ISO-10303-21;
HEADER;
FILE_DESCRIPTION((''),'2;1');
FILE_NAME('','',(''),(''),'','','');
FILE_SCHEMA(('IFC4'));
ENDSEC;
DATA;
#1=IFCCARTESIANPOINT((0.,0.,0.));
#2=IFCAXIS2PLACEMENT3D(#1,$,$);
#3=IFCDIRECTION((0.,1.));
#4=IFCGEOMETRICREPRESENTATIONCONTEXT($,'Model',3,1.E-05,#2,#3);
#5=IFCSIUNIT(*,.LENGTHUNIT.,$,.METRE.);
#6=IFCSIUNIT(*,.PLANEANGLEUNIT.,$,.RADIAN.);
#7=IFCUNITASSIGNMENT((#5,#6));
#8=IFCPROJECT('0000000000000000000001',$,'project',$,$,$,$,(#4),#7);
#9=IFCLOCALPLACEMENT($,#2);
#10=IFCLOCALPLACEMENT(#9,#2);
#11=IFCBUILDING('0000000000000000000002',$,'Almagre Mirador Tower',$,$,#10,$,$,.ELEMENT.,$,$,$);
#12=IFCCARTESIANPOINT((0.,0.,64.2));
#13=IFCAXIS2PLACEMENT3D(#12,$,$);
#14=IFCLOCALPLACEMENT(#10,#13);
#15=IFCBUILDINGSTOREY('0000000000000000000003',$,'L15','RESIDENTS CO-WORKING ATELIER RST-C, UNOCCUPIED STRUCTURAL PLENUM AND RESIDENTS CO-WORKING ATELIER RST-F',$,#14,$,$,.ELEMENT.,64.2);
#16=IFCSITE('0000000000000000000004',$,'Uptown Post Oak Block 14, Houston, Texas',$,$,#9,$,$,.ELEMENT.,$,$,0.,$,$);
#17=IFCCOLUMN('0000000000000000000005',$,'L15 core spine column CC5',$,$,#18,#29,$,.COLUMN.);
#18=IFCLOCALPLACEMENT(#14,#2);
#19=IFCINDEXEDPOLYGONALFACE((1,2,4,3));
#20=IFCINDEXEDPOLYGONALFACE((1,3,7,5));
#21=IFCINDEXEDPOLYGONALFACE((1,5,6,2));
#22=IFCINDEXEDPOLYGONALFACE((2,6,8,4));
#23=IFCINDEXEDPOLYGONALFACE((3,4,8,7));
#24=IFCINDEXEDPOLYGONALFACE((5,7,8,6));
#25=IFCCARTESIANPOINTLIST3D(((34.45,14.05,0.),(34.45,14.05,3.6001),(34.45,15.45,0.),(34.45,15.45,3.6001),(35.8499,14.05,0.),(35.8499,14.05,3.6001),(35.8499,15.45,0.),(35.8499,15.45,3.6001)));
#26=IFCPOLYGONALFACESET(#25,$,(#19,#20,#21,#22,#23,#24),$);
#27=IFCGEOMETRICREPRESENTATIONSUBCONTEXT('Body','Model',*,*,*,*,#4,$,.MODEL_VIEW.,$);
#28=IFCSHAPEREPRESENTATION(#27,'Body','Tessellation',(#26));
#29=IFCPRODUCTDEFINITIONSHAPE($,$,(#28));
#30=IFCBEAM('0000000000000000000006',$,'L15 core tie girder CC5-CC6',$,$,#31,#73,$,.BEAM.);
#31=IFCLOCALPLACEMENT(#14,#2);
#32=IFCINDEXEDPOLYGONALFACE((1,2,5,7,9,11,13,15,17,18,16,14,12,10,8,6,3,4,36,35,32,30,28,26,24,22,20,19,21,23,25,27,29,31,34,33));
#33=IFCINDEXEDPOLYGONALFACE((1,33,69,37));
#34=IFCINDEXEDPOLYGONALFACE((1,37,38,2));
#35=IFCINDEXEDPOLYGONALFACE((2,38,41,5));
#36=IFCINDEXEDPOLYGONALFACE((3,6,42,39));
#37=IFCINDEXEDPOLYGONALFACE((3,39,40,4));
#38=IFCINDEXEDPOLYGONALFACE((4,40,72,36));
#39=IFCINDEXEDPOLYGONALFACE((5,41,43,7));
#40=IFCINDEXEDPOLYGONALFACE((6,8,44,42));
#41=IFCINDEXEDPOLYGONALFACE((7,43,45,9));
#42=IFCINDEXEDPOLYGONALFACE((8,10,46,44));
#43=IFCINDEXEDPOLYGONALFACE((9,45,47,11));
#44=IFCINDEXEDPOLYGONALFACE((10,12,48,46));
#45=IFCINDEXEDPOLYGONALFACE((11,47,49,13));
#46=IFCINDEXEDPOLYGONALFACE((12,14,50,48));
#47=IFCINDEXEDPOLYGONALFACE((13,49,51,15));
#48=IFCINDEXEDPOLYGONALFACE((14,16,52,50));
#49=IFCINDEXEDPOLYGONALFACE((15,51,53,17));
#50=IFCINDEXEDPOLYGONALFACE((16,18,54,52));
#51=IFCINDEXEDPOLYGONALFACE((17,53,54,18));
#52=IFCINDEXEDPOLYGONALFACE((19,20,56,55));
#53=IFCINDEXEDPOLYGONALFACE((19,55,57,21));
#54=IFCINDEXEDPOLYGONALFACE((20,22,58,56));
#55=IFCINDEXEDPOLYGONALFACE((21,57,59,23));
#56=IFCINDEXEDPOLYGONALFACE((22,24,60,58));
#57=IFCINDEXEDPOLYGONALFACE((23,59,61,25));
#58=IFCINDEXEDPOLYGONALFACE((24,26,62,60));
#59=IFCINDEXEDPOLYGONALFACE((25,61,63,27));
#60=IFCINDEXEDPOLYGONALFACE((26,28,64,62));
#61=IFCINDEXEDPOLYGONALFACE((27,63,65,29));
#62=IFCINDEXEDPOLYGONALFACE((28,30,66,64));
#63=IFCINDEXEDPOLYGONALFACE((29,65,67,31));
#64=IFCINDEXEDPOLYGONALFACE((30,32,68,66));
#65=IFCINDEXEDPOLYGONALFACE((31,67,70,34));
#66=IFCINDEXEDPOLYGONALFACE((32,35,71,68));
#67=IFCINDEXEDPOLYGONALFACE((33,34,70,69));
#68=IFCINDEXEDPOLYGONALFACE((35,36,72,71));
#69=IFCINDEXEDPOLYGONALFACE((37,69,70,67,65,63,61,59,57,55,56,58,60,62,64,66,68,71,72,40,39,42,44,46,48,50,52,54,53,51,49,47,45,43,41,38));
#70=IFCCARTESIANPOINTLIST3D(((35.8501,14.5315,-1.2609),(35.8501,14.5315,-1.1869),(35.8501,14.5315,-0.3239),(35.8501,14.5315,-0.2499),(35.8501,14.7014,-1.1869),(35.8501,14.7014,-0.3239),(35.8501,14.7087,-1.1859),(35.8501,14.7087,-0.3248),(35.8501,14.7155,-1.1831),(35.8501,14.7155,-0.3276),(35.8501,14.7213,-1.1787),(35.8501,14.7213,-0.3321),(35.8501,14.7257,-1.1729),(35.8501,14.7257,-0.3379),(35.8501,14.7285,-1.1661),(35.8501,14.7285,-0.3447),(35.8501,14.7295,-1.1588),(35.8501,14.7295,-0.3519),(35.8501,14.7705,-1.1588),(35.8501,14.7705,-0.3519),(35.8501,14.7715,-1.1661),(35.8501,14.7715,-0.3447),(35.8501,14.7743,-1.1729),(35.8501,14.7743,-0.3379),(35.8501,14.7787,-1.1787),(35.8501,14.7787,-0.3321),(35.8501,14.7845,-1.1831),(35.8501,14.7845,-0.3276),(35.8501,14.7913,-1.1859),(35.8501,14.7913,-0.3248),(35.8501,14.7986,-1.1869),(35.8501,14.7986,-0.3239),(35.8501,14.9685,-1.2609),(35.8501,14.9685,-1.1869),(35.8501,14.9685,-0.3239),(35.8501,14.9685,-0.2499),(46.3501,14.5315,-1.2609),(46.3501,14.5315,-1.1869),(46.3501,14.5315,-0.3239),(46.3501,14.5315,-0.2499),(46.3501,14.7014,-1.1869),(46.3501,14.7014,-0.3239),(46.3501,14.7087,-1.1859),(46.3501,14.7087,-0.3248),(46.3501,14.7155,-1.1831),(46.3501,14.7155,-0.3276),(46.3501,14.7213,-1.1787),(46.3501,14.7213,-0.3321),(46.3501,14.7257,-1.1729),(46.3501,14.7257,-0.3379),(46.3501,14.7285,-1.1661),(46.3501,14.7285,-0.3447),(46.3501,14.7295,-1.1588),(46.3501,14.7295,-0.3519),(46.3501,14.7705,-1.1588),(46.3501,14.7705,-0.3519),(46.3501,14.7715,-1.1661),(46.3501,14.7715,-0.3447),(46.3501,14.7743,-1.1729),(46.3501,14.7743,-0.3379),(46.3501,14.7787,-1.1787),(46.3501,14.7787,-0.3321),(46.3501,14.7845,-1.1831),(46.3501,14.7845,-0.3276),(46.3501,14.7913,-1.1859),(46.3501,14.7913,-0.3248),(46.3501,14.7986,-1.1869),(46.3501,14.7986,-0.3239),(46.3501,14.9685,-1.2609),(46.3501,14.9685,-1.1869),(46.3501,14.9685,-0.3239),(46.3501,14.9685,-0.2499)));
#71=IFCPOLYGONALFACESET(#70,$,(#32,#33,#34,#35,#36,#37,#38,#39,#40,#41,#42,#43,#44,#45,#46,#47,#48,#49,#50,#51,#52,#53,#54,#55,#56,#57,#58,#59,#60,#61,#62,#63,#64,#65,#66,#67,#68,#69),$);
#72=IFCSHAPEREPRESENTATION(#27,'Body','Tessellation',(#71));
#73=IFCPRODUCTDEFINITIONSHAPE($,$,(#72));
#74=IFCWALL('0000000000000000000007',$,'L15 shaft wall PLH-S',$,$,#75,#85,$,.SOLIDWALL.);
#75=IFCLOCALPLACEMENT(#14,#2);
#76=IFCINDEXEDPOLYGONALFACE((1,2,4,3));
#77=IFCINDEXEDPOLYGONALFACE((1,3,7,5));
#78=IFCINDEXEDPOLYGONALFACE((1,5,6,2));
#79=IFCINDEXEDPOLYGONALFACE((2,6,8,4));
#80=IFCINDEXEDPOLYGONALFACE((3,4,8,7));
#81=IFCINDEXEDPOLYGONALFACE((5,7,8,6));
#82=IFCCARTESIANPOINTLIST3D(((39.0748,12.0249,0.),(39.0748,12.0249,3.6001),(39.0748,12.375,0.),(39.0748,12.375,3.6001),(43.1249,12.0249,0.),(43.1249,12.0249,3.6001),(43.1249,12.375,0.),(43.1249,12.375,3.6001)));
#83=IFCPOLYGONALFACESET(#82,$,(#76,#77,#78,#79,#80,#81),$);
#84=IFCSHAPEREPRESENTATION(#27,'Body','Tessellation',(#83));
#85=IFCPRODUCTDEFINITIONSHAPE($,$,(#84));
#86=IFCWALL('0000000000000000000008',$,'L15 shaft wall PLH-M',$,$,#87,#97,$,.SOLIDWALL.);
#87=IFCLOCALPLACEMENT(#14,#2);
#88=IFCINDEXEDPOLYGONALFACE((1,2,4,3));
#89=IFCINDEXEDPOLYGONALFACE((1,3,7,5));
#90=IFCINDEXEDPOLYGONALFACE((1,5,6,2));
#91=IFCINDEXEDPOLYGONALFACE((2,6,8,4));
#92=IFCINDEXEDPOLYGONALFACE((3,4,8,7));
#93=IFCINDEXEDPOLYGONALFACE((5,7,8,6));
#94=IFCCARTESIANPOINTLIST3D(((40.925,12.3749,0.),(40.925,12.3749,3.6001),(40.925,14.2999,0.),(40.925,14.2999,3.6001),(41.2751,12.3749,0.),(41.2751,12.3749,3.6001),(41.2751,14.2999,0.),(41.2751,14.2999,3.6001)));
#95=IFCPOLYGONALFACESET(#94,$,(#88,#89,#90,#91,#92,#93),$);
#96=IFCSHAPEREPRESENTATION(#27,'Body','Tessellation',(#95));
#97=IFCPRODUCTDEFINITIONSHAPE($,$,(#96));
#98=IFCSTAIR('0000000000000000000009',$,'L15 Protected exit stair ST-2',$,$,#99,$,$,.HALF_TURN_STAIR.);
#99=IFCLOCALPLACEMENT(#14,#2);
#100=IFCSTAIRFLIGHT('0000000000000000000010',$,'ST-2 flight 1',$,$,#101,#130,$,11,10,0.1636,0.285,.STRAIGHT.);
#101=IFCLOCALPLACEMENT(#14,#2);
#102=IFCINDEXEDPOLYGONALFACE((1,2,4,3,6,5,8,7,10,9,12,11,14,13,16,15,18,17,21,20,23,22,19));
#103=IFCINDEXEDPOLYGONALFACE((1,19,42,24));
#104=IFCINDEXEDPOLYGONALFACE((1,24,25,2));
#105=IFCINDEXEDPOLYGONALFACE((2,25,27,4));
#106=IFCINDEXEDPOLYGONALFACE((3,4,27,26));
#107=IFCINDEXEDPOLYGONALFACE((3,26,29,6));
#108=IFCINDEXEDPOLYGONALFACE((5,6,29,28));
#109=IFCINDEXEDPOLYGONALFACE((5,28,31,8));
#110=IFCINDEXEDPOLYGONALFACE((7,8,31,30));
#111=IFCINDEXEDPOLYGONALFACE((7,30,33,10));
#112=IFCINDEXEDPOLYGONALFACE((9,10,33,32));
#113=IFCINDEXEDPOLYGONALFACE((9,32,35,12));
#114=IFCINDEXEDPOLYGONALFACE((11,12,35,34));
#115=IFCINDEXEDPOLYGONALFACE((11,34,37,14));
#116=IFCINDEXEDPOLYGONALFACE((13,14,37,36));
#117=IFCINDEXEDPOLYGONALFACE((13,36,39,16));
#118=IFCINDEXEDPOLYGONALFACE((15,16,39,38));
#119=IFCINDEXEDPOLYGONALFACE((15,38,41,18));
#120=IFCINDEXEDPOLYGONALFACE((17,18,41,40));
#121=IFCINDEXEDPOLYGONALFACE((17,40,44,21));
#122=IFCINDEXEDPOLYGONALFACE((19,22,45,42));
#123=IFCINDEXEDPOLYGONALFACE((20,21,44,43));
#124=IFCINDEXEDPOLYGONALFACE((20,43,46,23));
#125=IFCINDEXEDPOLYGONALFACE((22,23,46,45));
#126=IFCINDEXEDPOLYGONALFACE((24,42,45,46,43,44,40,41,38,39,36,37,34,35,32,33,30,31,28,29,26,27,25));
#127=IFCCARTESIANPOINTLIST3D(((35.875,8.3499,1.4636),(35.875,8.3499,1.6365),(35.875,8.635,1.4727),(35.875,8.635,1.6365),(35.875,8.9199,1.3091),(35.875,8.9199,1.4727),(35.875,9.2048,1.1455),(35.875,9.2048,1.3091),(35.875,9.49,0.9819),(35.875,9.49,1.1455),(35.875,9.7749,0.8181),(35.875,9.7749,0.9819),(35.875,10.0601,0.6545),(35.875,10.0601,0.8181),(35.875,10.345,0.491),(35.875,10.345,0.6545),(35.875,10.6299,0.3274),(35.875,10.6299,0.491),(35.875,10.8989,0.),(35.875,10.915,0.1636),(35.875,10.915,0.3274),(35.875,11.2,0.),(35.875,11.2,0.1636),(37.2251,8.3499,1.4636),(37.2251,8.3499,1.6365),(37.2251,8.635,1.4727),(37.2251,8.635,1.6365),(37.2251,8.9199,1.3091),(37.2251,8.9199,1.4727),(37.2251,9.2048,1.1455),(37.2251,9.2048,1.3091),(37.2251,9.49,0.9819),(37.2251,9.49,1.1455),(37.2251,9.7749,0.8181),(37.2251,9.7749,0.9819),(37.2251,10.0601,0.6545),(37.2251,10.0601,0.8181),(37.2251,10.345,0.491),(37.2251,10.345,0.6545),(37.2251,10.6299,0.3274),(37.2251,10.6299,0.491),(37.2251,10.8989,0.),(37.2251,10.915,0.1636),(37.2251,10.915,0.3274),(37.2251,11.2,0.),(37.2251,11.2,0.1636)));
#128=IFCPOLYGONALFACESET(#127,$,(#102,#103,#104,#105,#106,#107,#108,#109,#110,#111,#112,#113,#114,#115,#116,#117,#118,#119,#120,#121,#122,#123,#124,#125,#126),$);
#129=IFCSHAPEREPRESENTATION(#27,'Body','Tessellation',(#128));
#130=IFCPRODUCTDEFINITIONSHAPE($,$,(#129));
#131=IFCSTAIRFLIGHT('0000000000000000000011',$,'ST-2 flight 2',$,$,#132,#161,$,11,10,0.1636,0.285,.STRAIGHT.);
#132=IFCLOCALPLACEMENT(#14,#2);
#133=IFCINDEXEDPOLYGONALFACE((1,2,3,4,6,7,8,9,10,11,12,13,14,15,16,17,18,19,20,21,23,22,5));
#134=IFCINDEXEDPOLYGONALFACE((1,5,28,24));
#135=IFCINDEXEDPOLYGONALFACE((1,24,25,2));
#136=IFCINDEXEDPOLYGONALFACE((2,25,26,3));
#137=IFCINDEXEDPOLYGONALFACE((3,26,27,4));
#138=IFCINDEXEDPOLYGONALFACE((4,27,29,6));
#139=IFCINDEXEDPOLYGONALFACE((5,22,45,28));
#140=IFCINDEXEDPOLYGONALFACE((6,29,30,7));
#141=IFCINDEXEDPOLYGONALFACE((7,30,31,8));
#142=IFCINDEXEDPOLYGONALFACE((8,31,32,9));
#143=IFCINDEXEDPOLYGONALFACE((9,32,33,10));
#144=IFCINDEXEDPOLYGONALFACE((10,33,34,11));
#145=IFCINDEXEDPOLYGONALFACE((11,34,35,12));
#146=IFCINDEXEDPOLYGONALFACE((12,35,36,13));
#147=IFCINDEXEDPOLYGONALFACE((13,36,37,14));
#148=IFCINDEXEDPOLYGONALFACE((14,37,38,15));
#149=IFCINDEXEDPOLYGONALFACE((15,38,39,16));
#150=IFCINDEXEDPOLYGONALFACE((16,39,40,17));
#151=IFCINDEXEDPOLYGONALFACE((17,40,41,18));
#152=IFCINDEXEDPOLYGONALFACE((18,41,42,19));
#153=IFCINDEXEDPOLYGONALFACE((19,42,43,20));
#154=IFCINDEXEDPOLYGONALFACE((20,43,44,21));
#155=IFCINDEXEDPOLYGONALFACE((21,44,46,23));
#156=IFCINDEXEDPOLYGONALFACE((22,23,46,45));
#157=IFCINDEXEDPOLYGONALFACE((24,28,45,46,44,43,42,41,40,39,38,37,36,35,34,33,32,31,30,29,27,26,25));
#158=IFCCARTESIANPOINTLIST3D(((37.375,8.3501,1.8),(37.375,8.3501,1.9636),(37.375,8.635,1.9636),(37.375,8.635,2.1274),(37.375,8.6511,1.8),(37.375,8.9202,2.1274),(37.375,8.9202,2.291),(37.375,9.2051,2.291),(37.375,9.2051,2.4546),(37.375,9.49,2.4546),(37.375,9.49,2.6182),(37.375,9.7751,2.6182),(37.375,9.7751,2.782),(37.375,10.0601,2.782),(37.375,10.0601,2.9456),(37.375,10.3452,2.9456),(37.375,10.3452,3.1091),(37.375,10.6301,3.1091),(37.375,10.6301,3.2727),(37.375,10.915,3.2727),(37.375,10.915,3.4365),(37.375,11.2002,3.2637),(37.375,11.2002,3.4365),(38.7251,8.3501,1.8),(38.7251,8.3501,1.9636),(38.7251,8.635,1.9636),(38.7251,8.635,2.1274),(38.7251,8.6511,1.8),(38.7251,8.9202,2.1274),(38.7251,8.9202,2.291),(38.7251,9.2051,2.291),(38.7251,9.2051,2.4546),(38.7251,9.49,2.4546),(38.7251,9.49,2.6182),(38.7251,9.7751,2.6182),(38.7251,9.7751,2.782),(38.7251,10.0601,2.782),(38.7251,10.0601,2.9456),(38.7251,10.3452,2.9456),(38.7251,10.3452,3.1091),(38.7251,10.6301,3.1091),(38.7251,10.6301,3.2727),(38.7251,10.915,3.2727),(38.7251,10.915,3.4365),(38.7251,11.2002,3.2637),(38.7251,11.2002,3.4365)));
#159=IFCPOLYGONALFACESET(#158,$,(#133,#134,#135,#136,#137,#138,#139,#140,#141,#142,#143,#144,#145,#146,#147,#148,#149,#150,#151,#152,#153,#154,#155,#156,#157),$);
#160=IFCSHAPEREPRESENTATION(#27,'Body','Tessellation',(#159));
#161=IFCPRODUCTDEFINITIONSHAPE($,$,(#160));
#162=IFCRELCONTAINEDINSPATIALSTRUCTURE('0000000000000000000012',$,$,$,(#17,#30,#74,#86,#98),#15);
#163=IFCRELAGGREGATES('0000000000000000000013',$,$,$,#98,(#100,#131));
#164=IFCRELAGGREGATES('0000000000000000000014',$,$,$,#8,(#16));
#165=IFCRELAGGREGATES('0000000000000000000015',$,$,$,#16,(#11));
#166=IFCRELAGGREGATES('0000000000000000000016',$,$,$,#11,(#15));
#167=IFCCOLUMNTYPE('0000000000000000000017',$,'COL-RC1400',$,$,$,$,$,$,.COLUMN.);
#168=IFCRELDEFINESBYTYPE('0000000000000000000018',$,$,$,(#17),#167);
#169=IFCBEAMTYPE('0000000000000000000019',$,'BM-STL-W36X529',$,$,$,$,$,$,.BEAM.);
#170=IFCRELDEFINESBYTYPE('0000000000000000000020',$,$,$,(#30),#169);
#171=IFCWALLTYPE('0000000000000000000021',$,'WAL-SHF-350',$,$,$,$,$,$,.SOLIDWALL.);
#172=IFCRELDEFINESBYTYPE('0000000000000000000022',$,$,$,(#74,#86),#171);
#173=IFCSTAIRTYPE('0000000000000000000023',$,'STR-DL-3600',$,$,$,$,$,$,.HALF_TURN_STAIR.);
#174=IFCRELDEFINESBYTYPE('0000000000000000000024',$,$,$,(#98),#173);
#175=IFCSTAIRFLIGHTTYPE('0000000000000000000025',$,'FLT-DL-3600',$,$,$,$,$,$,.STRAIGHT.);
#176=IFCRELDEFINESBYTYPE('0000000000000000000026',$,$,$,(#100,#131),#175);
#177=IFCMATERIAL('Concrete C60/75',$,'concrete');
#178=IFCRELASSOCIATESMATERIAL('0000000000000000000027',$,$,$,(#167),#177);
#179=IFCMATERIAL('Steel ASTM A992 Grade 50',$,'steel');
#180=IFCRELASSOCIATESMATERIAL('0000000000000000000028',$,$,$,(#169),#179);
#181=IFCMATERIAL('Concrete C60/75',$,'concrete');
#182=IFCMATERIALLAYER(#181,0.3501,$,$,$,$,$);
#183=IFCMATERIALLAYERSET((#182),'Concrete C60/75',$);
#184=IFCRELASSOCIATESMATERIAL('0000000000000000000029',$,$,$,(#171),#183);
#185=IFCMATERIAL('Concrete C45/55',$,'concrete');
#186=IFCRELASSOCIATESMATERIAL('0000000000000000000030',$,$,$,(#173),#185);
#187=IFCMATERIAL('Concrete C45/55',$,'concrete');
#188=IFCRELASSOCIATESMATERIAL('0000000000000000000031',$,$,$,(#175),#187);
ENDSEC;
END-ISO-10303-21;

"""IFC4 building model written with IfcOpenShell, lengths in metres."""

from ifc_helpers import new_model, si_unit, direction, frame, frame_2d, origin, origin_2d, place, context, subcontext, project, spatial, polyline, rectangle, i_section, outline, extrude, material, layer, layer_set, material_profile, profile_set, type_object, element, aggregate, save


model = new_model("IFC4")

# Units and contexts
model_context = context("Model", 3, precision=1e-05, world=origin(), true_north=direction((0.0, 1.0)))
body_context = subcontext(model_context, "Body", "Model", "MODEL_VIEW")
ifc_project = project(units=[si_unit("LENGTHUNIT", "METRE"), si_unit("PLANEANGLEUNIT", "RADIAN")], contexts=[model_context])

# Site, building, storey
site_placement = place(None, origin())
site = spatial("IfcSite", under=ifc_project, at=site_placement, Name="Uptown Post Oak Block 14, Houston, Texas", CompositionType="ELEMENT", RefElevation=0.0)
building_placement = place(site_placement, origin())
building = spatial("IfcBuilding", under=site, at=building_placement, Name="Almagre Mirador Tower", CompositionType="ELEMENT")
storey_placement = place(building_placement, frame((0.0, 0.0, 64.2)))
storey = spatial("IfcBuildingStorey", under=building, at=storey_placement, Name="L15", Description="RESIDENTS CO-WORKING ATELIER RST-C, UNOCCUPIED STRUCTURAL PLENUM AND RESIDENTS CO-WORKING ATELIER RST-F", CompositionType="ELEMENT", Elevation=64.2)

# Column
ifc_material_1 = material(Name="Concrete C60/75", Category="concrete")
ifc_material_profile_1 = material_profile(ifc_material_1, rectangle(XDim=1.3999, YDim=1.3999, at=origin_2d()), Name="RC1400X1400")
ifc_profile_set_1 = profile_set([ifc_material_profile_1], Name="Concrete C60/75")
column_type = type_object("IfcColumnType", Name="COL-RC1400", PredefinedType="COLUMN", material=ifc_profile_set_1)
column_placement = place(storey_placement, frame((35.1499, 14.75, 0.0), z_axis=(0.0, 0.0, 1.0), x_axis=(1.0, 0.0, 0.0)))
element("IfcColumn", 1, at=column_placement, inside=storey, type_object=column_type, Name="L15 core spine column CC5", PredefinedType="COLUMN", context=body_context, shape_type="SweptSolid", body=[
    extrude(rectangle(XDim=1.3999, YDim=1.3999, at=origin_2d()), origin(), (0.0, 0.0, 1.0), 3.6001),
])

# Beam
ifc_material_2 = material(Name="Steel ASTM A992 Grade 50", Category="steel")
ifc_material_profile_2 = material_profile(ifc_material_2, i_section(OverallWidth=0.437, OverallDepth=1.011, WebThickness=0.041, FlangeThickness=0.074, FilletRadius=0.0281, at=origin_2d()), Name="W36X529")
ifc_profile_set_2 = profile_set([ifc_material_profile_2], Name="Steel ASTM A992 Grade 50")
beam_type = type_object("IfcBeamType", Name="BM-STL-W36X529", PredefinedType="BEAM", material=ifc_profile_set_2)
beam_placement = place(storey_placement, frame((35.8501, 14.75, -0.7554), z_axis=(1.0, 0.0, 0.0), x_axis=(0.0, 1.0, 0.0)))
element("IfcBeam", 2, at=beam_placement, inside=storey, type_object=beam_type, Name="L15 core tie girder CC5-CC6", PredefinedType="BEAM", context=body_context, shape_type="SweptSolid", body=[
    extrude(i_section(OverallWidth=0.437, OverallDepth=1.011, WebThickness=0.041, FlangeThickness=0.074, FilletRadius=0.0281, at=origin_2d()), origin(), (0.0, 0.0, 1.0), 10.5),
])

# Walls
ifc_material_3 = material(Name="Concrete C60/75", Category="concrete")
ifc_layer_1 = layer(ifc_material_3, 0.3501)
ifc_layer_set_1 = layer_set([ifc_layer_1], Name="Concrete C60/75")
wall_type_1 = type_object("IfcWallType", Name="WAL-SHF-350", PredefinedType="SOLIDWALL", material=ifc_layer_set_1)
wall_1_placement = place(storey_placement, frame((39.075, 12.2, 0.0), z_axis=(0.0, 0.0, 1.0), x_axis=(1.0, 0.0, 0.0)))
element("IfcWall", 3, at=wall_1_placement, inside=storey, type_object=wall_type_1, Name="L15 shaft wall PLH-S", PredefinedType="SOLIDWALL", context=body_context, shape_type="SweptSolid", body=[
    extrude(rectangle(XDim=4.05, YDim=0.3501, at=frame_2d((2.0249, 0.0))), origin(), (0.0, 0.0, 1.0), 3.6001),
])
wall_2_placement = place(storey_placement, frame((41.1001, 12.375, 0.0), z_axis=(0.0, 0.0, 1.0), x_axis=(0.0, 1.0, 0.0)))
element("IfcWall", 4, at=wall_2_placement, inside=storey, type_object=wall_type_1, Name="L15 shaft wall PLH-M", PredefinedType="SOLIDWALL", context=body_context, shape_type="SweptSolid", body=[
    extrude(rectangle(XDim=1.925, YDim=0.3501, at=frame_2d((0.9624, 0.0))), origin(), (0.0, 0.0, 1.0), 3.6001),
])

# Stair, stair flights
ifc_material_4 = material(Name="Concrete C45/55", Category="concrete")
stair_type = type_object("IfcStairType", Name="STR-DL-3600", PredefinedType="HALF_TURN_STAIR", material=ifc_material_4)
stair_1_placement = place(storey_placement, origin())
stair_1 = element("IfcStair", 5, at=stair_1_placement, inside=storey, type_object=stair_type, Name="L15 Protected exit stair ST-2", PredefinedType="HALF_TURN_STAIR")
ifc_material_5 = material(Name="Concrete C45/55", Category="concrete")
stair_flight_type = type_object("IfcStairFlightType", Name="FLT-DL-3600", PredefinedType="STRAIGHT", material=ifc_material_5)
stair_flight_1_placement = place(storey_placement, frame((36.55, 11.2, 0.0), z_axis=(0.0, 0.0, 1.0), x_axis=(0.0, -1.0, 0.0)))
stair_flight_1 = element("IfcStairFlight", 6, at=stair_flight_1_placement, type_object=stair_flight_type, Name="ST-2 flight 1", NumberOfRisers=11, NumberOfTreads=10, PredefinedType="STRAIGHT", RiserHeight=0.1636, TreadLength=0.285, context=body_context, shape_type="SweptSolid", body=[
    extrude(outline(polyline([(0.0, 0.0), (0.0, 0.1636), (0.2849, 0.1636), (0.2849, 0.3274), (0.5701, 0.3274), (0.5701, 0.491), (0.855, 0.491), (0.855, 0.6545), (1.1399, 0.6545), (1.1399, 0.8181), (1.425, 0.8181), (1.425, 0.9819), (1.71, 0.9819), (1.71, 1.1455), (1.9951, 1.1455), (1.9951, 1.3091), (2.28, 1.3091), (2.28, 1.4727), (2.5649, 1.4727), (2.5649, 1.6365), (2.8501, 1.6365), (2.8501, 1.8), (2.8501, 1.4636), (0.301, 0.0), (0.0, 0.0)])), frame((0.0, 0.675, 0.0), z_axis=(0.0, -1.0, 0.0), x_axis=(1.0, 0.0, 0.0)), (0.0, 0.0, 1.0), 1.3501),
])
stair_flight_2_placement = place(storey_placement, frame((38.05, 8.3501, 1.8), z_axis=(0.0, 0.0, 1.0), x_axis=(0.0, 1.0, 0.0)))
stair_flight_2 = element("IfcStairFlight", 7, at=stair_flight_2_placement, type_object=stair_flight_type, Name="ST-2 flight 2", NumberOfRisers=11, NumberOfTreads=10, PredefinedType="STRAIGHT", RiserHeight=0.1636, TreadLength=0.285, context=body_context, shape_type="SweptSolid", body=[
    extrude(outline(polyline([(0.0, 0.0), (0.0, 0.1636), (0.2849, 0.1636), (0.2849, 0.3274), (0.5701, 0.3274), (0.5701, 0.491), (0.855, 0.491), (0.855, 0.6545), (1.1399, 0.6545), (1.1399, 0.8181), (1.425, 0.8181), (1.425, 0.9819), (1.71, 0.9819), (1.71, 1.1455), (1.9951, 1.1455), (1.9951, 1.3091), (2.28, 1.3091), (2.28, 1.4727), (2.5649, 1.4727), (2.5649, 1.6365), (2.8501, 1.6365), (2.8501, 1.8), (2.8501, 1.4636), (0.301, 0.0), (0.0, 0.0)])), frame((0.0, 0.675, 0.0), z_axis=(0.0, -1.0, 0.0), x_axis=(1.0, 0.0, 0.0)), (0.0, 0.0, 1.0), 1.3501),
])
aggregate(stair_1, [stair_flight_1, stair_flight_2])

save(model, "model.ifc")
